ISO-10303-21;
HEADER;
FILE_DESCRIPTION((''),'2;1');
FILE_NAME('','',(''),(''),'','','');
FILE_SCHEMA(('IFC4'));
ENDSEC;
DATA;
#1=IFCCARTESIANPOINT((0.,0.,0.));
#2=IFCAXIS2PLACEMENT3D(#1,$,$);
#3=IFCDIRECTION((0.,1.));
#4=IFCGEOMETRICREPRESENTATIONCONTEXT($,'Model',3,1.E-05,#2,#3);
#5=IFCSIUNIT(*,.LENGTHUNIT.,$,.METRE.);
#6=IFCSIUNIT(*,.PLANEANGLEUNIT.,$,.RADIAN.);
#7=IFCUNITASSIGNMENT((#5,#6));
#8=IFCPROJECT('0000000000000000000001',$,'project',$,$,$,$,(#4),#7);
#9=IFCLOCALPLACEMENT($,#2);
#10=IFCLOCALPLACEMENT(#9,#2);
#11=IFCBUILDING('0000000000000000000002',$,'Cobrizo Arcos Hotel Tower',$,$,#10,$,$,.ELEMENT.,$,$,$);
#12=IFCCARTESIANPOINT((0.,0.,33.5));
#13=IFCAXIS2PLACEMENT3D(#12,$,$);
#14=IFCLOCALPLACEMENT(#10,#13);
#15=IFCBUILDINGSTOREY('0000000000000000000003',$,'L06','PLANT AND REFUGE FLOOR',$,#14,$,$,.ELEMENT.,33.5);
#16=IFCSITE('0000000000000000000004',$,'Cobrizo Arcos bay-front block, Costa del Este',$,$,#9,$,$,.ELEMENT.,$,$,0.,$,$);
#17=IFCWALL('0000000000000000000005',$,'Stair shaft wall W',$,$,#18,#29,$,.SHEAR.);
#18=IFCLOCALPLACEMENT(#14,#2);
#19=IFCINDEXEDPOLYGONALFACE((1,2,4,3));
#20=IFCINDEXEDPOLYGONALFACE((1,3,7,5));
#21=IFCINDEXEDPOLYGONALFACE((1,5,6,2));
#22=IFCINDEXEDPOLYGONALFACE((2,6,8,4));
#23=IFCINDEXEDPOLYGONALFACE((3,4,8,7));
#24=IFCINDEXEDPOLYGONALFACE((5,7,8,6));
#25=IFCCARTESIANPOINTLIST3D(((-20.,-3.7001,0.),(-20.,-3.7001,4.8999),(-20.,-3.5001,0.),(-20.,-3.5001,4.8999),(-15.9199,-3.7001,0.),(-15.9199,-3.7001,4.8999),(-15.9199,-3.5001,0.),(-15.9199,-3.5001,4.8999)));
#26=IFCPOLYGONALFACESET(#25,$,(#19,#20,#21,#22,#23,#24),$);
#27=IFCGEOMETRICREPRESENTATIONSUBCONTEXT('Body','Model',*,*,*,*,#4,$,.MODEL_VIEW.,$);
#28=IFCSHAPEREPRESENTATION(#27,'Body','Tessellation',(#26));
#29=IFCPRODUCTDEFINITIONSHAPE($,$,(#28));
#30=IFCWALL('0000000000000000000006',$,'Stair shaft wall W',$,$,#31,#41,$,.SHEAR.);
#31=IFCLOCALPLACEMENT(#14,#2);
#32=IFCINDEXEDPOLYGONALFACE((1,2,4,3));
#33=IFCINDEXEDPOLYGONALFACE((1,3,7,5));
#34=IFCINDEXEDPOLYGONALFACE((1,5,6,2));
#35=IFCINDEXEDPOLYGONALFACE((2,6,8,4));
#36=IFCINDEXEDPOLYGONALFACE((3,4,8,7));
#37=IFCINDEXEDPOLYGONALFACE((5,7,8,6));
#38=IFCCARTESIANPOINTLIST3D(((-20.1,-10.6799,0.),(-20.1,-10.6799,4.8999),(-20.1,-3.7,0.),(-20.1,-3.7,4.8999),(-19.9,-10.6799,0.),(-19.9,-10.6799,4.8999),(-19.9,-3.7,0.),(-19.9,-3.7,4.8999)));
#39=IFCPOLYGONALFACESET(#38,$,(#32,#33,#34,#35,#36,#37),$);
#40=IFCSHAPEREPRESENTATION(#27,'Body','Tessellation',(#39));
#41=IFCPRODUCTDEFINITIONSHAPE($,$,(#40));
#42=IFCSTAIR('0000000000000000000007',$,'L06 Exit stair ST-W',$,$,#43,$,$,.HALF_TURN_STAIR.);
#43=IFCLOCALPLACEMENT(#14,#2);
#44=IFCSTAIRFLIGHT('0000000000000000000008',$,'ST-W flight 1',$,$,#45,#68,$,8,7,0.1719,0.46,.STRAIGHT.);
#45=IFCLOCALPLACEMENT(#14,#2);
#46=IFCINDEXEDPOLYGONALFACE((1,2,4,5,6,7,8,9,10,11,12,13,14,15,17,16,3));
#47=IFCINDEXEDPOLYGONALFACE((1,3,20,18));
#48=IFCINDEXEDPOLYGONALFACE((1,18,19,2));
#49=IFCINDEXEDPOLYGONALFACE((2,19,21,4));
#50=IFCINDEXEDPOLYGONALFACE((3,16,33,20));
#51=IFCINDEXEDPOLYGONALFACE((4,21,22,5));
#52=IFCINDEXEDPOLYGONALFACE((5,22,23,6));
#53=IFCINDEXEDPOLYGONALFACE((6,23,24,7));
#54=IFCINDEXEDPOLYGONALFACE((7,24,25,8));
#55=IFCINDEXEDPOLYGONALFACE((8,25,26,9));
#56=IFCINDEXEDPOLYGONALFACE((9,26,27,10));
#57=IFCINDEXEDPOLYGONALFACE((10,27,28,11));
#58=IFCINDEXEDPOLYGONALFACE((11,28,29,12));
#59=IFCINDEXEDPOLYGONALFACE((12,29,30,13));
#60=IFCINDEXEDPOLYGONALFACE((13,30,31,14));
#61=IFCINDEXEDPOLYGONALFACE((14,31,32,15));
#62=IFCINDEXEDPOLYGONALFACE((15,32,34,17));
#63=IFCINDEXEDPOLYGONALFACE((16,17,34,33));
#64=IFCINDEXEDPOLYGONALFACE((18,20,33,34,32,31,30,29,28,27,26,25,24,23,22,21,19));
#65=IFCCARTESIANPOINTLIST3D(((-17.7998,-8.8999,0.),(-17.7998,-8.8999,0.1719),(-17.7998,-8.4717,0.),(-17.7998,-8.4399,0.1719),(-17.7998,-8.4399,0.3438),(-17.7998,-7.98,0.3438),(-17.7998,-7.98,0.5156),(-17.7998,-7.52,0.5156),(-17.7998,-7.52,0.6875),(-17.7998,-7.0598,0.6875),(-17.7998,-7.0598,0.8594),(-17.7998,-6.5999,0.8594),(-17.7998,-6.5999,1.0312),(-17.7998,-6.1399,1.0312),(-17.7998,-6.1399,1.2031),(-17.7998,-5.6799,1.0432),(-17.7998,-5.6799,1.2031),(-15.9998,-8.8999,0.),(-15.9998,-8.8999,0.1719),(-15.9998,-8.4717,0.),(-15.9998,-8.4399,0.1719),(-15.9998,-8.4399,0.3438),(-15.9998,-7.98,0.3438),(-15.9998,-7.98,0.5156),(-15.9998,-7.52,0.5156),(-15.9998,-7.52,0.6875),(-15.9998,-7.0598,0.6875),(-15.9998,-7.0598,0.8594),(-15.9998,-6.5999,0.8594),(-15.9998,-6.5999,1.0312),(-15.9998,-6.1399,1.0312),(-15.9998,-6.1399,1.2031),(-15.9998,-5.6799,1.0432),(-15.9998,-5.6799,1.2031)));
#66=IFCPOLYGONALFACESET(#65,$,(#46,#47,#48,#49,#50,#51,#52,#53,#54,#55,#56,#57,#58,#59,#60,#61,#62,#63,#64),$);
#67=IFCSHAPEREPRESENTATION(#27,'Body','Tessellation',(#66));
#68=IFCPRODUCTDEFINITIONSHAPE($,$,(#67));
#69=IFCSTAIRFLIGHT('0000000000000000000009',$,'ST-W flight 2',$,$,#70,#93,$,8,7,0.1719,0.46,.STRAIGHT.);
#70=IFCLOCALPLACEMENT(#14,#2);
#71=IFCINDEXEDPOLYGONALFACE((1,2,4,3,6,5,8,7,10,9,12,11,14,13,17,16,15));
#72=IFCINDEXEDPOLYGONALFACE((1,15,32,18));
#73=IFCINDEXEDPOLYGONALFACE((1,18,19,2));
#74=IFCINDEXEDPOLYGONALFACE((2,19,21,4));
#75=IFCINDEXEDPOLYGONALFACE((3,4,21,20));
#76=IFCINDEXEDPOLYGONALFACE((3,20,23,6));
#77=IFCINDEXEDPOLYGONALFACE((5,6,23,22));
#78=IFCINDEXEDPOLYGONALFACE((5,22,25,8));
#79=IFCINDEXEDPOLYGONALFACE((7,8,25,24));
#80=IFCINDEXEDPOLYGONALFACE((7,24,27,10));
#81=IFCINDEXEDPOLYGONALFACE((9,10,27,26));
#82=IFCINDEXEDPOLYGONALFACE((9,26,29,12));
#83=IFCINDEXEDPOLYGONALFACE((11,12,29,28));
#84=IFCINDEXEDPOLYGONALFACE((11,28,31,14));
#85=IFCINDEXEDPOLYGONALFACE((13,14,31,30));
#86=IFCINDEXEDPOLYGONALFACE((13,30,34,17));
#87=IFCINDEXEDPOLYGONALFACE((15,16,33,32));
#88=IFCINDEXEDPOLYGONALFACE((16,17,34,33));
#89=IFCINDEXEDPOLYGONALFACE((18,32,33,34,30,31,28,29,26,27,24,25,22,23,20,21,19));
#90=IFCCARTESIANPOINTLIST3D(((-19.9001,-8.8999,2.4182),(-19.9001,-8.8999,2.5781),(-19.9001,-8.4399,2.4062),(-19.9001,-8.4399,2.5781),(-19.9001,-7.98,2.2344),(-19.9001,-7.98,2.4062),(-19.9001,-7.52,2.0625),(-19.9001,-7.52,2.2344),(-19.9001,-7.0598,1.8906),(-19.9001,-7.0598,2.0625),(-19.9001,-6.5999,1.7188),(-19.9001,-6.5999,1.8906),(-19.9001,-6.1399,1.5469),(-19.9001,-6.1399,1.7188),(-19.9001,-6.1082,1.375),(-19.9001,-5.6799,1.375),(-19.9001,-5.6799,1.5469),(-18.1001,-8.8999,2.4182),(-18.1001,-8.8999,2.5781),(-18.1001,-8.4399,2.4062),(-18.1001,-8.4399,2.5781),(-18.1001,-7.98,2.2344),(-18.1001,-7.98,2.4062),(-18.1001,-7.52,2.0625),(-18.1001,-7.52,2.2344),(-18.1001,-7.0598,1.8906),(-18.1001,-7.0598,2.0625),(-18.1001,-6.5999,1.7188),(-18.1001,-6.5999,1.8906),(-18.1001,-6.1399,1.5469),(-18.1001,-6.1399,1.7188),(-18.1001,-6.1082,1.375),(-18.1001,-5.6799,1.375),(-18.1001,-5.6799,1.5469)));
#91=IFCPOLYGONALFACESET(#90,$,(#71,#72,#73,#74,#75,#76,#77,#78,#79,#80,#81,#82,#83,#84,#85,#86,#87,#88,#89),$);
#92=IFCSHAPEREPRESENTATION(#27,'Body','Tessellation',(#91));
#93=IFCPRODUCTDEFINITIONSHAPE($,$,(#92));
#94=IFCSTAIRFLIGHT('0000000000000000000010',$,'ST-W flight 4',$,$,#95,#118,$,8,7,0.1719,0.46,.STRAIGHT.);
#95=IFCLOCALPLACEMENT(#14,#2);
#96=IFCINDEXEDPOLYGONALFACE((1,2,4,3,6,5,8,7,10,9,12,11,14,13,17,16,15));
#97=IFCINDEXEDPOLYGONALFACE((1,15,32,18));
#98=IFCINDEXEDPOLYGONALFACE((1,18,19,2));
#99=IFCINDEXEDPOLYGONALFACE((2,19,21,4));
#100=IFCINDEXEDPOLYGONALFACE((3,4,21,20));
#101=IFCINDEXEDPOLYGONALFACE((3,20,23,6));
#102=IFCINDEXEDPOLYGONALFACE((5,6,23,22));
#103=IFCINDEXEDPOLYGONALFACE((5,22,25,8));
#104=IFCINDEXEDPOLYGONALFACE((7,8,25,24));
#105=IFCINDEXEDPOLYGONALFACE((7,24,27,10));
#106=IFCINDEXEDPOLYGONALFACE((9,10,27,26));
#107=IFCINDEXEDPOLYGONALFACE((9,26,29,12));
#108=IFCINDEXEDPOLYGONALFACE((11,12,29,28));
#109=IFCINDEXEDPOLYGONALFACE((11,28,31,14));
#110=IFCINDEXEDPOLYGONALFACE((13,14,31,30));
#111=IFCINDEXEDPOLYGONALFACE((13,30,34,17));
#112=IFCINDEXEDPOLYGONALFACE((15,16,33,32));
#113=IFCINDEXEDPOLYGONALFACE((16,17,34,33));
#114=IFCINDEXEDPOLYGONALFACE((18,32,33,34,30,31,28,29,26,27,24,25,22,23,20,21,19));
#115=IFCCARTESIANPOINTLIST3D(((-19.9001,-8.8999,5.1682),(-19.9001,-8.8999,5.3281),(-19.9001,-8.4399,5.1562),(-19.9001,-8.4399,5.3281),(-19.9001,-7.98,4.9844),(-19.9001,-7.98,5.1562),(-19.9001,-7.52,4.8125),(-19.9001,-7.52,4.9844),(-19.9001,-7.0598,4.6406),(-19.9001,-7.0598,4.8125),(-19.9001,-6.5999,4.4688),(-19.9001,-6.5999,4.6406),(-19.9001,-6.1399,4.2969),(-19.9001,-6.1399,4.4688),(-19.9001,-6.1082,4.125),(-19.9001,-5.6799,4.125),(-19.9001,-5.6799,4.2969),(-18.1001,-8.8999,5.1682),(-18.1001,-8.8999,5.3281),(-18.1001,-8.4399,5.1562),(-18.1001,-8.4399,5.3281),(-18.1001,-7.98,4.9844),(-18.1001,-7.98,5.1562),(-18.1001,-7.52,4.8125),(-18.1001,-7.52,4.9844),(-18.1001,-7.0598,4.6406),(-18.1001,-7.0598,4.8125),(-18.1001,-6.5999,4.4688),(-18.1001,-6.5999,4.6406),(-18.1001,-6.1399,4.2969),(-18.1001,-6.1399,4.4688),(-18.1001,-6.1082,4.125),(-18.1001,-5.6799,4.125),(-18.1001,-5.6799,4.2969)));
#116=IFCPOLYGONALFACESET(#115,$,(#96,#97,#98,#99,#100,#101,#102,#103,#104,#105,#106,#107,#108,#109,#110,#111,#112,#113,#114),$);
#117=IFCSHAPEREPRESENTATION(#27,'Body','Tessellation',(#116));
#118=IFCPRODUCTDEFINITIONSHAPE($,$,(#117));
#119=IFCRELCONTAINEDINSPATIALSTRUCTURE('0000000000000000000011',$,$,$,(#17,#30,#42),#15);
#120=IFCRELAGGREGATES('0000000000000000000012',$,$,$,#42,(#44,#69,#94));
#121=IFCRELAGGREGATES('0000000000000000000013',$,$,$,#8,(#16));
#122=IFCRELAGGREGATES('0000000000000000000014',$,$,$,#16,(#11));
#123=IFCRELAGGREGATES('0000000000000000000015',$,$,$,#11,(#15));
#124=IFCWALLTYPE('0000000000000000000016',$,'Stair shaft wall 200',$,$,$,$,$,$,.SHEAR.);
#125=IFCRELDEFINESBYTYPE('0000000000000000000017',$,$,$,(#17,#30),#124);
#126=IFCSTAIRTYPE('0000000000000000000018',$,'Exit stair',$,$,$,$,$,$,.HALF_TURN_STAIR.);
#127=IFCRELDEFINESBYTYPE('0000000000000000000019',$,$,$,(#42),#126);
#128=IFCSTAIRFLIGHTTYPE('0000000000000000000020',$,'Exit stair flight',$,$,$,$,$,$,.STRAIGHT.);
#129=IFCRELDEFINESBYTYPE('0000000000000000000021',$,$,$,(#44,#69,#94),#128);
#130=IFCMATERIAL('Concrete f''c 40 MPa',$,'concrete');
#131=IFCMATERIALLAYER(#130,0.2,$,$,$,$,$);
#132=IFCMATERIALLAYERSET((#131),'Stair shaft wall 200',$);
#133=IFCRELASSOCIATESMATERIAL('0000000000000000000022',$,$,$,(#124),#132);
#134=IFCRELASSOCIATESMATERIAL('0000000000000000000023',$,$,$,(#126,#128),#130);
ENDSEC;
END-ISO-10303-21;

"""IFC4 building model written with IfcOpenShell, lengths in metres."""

from ifc_helpers import new_model, si_unit, direction, frame, frame_2d, origin, place, context, subcontext, project, spatial, polyline, rectangle, outline, extrude, material, layer, layer_set, type_object, element, aggregate, save


model = new_model("IFC4")

# Units and contexts
model_context = context("Model", 3, precision=1e-05, world=origin(), true_north=direction((0.0, 1.0)))
body_context = subcontext(model_context, "Body", "Model", "MODEL_VIEW")
ifc_project = project(units=[si_unit("LENGTHUNIT", "METRE"), si_unit("PLANEANGLEUNIT", "RADIAN")], contexts=[model_context])

# Site, building, storey
site_placement = place(None, origin())
site = spatial("IfcSite", under=ifc_project, at=site_placement, Name="Cobrizo Arcos bay-front block, Costa del Este", CompositionType="ELEMENT", RefElevation=0.0)
building_placement = place(site_placement, origin())
building = spatial("IfcBuilding", under=site, at=building_placement, Name="Cobrizo Arcos Hotel Tower", CompositionType="ELEMENT")
storey_placement = place(building_placement, frame((0.0, 0.0, 33.5)))
storey = spatial("IfcBuildingStorey", under=building, at=storey_placement, Name="L06", Description="PLANT AND REFUGE FLOOR", CompositionType="ELEMENT", Elevation=33.5)

# Walls
ifc_material_1 = material(Name="Concrete f'c 40 MPa", Category="concrete")
ifc_layer_1 = layer(ifc_material_1, 0.2)
ifc_layer_set_1 = layer_set([ifc_layer_1], Name="Stair shaft wall 200")
wall_type_1 = type_object("IfcWallType", Name="Stair shaft wall 200", PredefinedType="SHEAR", material=ifc_layer_set_1)
wall_1_placement = place(storey_placement, frame((-20.0, -3.6001, 0.0), z_axis=(0.0, 0.0, 1.0), x_axis=(1.0, 0.0, 0.0)))
element("IfcWall", 1, at=wall_1_placement, inside=storey, type_object=wall_type_1, Name="Stair shaft wall W", PredefinedType="SHEAR", context=body_context, shape_type="SweptSolid", body=[
    extrude(rectangle(XDim=4.0801, YDim=0.2, at=frame_2d((2.04, 0.0))), origin(), (0.0, 0.0, 1.0), 4.8999),
])
wall_2_placement = place(storey_placement, frame((-20.0, -10.6799, 0.0), z_axis=(0.0, 0.0, 1.0), x_axis=(0.0, 1.0, 0.0)))
element("IfcWall", 2, at=wall_2_placement, inside=storey, type_object=wall_type_1, Name="Stair shaft wall W", PredefinedType="SHEAR", context=body_context, shape_type="SweptSolid", body=[
    extrude(rectangle(XDim=6.98, YDim=0.2, at=frame_2d((3.49, 0.0))), origin(), (0.0, 0.0, 1.0), 4.8999),
])

# Stair, stair flights
stair_type = type_object("IfcStairType", Name="Exit stair", PredefinedType="HALF_TURN_STAIR", material=ifc_material_1)
stair_placement = place(storey_placement, origin())
stair = element("IfcStair", 3, at=stair_placement, inside=storey, type_object=stair_type, Name="L06 Exit stair ST-W", PredefinedType="HALF_TURN_STAIR")
stair_flight_type = type_object("IfcStairFlightType", Name="Exit stair flight", PredefinedType="STRAIGHT", material=ifc_material_1)
stair_flight_1_placement = place(storey_placement, frame((-16.8999, -8.8999, 0.0), z_axis=(0.0, 0.0, 1.0), x_axis=(0.0, 1.0, 0.0)))
stair_flight_1 = element("IfcStairFlight", 4, at=stair_flight_1_placement, type_object=stair_flight_type, Name="ST-W flight 1", NumberOfRisers=8, NumberOfTreads=7, PredefinedType="STRAIGHT", RiserHeight=0.1719, TreadLength=0.46, context=body_context, shape_type="SweptSolid", body=[
    extrude(outline(polyline([(0.0, 0.0), (0.0, 0.1719), (0.46, 0.1719), (0.46, 0.3438), (0.9199, 0.3438), (0.9199, 0.5156), (1.3799, 0.5156), (1.3799, 0.6875), (1.8401, 0.6875), (1.8401, 0.8594), (2.3, 0.8594), (2.3, 1.0312), (2.76, 1.0312), (2.76, 1.2031), (3.22, 1.2031), (3.22, 1.375), (3.22, 1.0432), (0.4282, 0.0), (0.0, 0.0)])), frame((0.0, 0.8999, 0.0), z_axis=(0.0, -1.0, 0.0), x_axis=(1.0, 0.0, 0.0)), (0.0, 0.0, 1.0), 1.8),
])
stair_flight_2_placement = place(storey_placement, frame((-19.0, -5.6799, 1.375), z_axis=(0.0, 0.0, 1.0), x_axis=(0.0, -1.0, 0.0)))
stair_flight_2 = element("IfcStairFlight", 5, at=stair_flight_2_placement, type_object=stair_flight_type, Name="ST-W flight 2", NumberOfRisers=8, NumberOfTreads=7, PredefinedType="STRAIGHT", RiserHeight=0.1719, TreadLength=0.46, context=body_context, shape_type="SweptSolid", body=[
    extrude(outline(polyline([(0.0, 0.0), (0.0, 0.1719), (0.46, 0.1719), (0.46, 0.3438), (0.9199, 0.3438), (0.9199, 0.5156), (1.3799, 0.5156), (1.3799, 0.6875), (1.8401, 0.6875), (1.8401, 0.8594), (2.3, 0.8594), (2.3, 1.0312), (2.76, 1.0312), (2.76, 1.2031), (3.22, 1.2031), (3.22, 1.375), (3.22, 1.0432), (0.4282, 0.0), (0.0, 0.0)])), frame((0.0, 0.8999, 0.0), z_axis=(0.0, -1.0, 0.0), x_axis=(1.0, 0.0, 0.0)), (0.0, 0.0, 1.0), 1.8),
])
stair_flight_3_placement = place(storey_placement, frame((-19.0, -5.6799, 4.125), z_axis=(0.0, 0.0, 1.0), x_axis=(0.0, -1.0, 0.0)))
stair_flight_3 = element("IfcStairFlight", 6, at=stair_flight_3_placement, type_object=stair_flight_type, Name="ST-W flight 4", NumberOfRisers=8, NumberOfTreads=7, PredefinedType="STRAIGHT", RiserHeight=0.1719, TreadLength=0.46, context=body_context, shape_type="SweptSolid", body=[
    extrude(outline(polyline([(0.0, 0.0), (0.0, 0.1719), (0.46, 0.1719), (0.46, 0.3438), (0.9199, 0.3438), (0.9199, 0.5156), (1.3799, 0.5156), (1.3799, 0.6875), (1.8401, 0.6875), (1.8401, 0.8594), (2.3, 0.8594), (2.3, 1.0312), (2.76, 1.0312), (2.76, 1.2031), (3.22, 1.2031), (3.22, 1.375), (3.22, 1.0432), (0.4282, 0.0), (0.0, 0.0)])), frame((0.0, 0.8999, 0.0), z_axis=(0.0, -1.0, 0.0), x_axis=(1.0, 0.0, 0.0)), (0.0, 0.0, 1.0), 1.8),
])
aggregate(stair, [stair_flight_1, stair_flight_2, stair_flight_3])

save(model, "model.ifc")
